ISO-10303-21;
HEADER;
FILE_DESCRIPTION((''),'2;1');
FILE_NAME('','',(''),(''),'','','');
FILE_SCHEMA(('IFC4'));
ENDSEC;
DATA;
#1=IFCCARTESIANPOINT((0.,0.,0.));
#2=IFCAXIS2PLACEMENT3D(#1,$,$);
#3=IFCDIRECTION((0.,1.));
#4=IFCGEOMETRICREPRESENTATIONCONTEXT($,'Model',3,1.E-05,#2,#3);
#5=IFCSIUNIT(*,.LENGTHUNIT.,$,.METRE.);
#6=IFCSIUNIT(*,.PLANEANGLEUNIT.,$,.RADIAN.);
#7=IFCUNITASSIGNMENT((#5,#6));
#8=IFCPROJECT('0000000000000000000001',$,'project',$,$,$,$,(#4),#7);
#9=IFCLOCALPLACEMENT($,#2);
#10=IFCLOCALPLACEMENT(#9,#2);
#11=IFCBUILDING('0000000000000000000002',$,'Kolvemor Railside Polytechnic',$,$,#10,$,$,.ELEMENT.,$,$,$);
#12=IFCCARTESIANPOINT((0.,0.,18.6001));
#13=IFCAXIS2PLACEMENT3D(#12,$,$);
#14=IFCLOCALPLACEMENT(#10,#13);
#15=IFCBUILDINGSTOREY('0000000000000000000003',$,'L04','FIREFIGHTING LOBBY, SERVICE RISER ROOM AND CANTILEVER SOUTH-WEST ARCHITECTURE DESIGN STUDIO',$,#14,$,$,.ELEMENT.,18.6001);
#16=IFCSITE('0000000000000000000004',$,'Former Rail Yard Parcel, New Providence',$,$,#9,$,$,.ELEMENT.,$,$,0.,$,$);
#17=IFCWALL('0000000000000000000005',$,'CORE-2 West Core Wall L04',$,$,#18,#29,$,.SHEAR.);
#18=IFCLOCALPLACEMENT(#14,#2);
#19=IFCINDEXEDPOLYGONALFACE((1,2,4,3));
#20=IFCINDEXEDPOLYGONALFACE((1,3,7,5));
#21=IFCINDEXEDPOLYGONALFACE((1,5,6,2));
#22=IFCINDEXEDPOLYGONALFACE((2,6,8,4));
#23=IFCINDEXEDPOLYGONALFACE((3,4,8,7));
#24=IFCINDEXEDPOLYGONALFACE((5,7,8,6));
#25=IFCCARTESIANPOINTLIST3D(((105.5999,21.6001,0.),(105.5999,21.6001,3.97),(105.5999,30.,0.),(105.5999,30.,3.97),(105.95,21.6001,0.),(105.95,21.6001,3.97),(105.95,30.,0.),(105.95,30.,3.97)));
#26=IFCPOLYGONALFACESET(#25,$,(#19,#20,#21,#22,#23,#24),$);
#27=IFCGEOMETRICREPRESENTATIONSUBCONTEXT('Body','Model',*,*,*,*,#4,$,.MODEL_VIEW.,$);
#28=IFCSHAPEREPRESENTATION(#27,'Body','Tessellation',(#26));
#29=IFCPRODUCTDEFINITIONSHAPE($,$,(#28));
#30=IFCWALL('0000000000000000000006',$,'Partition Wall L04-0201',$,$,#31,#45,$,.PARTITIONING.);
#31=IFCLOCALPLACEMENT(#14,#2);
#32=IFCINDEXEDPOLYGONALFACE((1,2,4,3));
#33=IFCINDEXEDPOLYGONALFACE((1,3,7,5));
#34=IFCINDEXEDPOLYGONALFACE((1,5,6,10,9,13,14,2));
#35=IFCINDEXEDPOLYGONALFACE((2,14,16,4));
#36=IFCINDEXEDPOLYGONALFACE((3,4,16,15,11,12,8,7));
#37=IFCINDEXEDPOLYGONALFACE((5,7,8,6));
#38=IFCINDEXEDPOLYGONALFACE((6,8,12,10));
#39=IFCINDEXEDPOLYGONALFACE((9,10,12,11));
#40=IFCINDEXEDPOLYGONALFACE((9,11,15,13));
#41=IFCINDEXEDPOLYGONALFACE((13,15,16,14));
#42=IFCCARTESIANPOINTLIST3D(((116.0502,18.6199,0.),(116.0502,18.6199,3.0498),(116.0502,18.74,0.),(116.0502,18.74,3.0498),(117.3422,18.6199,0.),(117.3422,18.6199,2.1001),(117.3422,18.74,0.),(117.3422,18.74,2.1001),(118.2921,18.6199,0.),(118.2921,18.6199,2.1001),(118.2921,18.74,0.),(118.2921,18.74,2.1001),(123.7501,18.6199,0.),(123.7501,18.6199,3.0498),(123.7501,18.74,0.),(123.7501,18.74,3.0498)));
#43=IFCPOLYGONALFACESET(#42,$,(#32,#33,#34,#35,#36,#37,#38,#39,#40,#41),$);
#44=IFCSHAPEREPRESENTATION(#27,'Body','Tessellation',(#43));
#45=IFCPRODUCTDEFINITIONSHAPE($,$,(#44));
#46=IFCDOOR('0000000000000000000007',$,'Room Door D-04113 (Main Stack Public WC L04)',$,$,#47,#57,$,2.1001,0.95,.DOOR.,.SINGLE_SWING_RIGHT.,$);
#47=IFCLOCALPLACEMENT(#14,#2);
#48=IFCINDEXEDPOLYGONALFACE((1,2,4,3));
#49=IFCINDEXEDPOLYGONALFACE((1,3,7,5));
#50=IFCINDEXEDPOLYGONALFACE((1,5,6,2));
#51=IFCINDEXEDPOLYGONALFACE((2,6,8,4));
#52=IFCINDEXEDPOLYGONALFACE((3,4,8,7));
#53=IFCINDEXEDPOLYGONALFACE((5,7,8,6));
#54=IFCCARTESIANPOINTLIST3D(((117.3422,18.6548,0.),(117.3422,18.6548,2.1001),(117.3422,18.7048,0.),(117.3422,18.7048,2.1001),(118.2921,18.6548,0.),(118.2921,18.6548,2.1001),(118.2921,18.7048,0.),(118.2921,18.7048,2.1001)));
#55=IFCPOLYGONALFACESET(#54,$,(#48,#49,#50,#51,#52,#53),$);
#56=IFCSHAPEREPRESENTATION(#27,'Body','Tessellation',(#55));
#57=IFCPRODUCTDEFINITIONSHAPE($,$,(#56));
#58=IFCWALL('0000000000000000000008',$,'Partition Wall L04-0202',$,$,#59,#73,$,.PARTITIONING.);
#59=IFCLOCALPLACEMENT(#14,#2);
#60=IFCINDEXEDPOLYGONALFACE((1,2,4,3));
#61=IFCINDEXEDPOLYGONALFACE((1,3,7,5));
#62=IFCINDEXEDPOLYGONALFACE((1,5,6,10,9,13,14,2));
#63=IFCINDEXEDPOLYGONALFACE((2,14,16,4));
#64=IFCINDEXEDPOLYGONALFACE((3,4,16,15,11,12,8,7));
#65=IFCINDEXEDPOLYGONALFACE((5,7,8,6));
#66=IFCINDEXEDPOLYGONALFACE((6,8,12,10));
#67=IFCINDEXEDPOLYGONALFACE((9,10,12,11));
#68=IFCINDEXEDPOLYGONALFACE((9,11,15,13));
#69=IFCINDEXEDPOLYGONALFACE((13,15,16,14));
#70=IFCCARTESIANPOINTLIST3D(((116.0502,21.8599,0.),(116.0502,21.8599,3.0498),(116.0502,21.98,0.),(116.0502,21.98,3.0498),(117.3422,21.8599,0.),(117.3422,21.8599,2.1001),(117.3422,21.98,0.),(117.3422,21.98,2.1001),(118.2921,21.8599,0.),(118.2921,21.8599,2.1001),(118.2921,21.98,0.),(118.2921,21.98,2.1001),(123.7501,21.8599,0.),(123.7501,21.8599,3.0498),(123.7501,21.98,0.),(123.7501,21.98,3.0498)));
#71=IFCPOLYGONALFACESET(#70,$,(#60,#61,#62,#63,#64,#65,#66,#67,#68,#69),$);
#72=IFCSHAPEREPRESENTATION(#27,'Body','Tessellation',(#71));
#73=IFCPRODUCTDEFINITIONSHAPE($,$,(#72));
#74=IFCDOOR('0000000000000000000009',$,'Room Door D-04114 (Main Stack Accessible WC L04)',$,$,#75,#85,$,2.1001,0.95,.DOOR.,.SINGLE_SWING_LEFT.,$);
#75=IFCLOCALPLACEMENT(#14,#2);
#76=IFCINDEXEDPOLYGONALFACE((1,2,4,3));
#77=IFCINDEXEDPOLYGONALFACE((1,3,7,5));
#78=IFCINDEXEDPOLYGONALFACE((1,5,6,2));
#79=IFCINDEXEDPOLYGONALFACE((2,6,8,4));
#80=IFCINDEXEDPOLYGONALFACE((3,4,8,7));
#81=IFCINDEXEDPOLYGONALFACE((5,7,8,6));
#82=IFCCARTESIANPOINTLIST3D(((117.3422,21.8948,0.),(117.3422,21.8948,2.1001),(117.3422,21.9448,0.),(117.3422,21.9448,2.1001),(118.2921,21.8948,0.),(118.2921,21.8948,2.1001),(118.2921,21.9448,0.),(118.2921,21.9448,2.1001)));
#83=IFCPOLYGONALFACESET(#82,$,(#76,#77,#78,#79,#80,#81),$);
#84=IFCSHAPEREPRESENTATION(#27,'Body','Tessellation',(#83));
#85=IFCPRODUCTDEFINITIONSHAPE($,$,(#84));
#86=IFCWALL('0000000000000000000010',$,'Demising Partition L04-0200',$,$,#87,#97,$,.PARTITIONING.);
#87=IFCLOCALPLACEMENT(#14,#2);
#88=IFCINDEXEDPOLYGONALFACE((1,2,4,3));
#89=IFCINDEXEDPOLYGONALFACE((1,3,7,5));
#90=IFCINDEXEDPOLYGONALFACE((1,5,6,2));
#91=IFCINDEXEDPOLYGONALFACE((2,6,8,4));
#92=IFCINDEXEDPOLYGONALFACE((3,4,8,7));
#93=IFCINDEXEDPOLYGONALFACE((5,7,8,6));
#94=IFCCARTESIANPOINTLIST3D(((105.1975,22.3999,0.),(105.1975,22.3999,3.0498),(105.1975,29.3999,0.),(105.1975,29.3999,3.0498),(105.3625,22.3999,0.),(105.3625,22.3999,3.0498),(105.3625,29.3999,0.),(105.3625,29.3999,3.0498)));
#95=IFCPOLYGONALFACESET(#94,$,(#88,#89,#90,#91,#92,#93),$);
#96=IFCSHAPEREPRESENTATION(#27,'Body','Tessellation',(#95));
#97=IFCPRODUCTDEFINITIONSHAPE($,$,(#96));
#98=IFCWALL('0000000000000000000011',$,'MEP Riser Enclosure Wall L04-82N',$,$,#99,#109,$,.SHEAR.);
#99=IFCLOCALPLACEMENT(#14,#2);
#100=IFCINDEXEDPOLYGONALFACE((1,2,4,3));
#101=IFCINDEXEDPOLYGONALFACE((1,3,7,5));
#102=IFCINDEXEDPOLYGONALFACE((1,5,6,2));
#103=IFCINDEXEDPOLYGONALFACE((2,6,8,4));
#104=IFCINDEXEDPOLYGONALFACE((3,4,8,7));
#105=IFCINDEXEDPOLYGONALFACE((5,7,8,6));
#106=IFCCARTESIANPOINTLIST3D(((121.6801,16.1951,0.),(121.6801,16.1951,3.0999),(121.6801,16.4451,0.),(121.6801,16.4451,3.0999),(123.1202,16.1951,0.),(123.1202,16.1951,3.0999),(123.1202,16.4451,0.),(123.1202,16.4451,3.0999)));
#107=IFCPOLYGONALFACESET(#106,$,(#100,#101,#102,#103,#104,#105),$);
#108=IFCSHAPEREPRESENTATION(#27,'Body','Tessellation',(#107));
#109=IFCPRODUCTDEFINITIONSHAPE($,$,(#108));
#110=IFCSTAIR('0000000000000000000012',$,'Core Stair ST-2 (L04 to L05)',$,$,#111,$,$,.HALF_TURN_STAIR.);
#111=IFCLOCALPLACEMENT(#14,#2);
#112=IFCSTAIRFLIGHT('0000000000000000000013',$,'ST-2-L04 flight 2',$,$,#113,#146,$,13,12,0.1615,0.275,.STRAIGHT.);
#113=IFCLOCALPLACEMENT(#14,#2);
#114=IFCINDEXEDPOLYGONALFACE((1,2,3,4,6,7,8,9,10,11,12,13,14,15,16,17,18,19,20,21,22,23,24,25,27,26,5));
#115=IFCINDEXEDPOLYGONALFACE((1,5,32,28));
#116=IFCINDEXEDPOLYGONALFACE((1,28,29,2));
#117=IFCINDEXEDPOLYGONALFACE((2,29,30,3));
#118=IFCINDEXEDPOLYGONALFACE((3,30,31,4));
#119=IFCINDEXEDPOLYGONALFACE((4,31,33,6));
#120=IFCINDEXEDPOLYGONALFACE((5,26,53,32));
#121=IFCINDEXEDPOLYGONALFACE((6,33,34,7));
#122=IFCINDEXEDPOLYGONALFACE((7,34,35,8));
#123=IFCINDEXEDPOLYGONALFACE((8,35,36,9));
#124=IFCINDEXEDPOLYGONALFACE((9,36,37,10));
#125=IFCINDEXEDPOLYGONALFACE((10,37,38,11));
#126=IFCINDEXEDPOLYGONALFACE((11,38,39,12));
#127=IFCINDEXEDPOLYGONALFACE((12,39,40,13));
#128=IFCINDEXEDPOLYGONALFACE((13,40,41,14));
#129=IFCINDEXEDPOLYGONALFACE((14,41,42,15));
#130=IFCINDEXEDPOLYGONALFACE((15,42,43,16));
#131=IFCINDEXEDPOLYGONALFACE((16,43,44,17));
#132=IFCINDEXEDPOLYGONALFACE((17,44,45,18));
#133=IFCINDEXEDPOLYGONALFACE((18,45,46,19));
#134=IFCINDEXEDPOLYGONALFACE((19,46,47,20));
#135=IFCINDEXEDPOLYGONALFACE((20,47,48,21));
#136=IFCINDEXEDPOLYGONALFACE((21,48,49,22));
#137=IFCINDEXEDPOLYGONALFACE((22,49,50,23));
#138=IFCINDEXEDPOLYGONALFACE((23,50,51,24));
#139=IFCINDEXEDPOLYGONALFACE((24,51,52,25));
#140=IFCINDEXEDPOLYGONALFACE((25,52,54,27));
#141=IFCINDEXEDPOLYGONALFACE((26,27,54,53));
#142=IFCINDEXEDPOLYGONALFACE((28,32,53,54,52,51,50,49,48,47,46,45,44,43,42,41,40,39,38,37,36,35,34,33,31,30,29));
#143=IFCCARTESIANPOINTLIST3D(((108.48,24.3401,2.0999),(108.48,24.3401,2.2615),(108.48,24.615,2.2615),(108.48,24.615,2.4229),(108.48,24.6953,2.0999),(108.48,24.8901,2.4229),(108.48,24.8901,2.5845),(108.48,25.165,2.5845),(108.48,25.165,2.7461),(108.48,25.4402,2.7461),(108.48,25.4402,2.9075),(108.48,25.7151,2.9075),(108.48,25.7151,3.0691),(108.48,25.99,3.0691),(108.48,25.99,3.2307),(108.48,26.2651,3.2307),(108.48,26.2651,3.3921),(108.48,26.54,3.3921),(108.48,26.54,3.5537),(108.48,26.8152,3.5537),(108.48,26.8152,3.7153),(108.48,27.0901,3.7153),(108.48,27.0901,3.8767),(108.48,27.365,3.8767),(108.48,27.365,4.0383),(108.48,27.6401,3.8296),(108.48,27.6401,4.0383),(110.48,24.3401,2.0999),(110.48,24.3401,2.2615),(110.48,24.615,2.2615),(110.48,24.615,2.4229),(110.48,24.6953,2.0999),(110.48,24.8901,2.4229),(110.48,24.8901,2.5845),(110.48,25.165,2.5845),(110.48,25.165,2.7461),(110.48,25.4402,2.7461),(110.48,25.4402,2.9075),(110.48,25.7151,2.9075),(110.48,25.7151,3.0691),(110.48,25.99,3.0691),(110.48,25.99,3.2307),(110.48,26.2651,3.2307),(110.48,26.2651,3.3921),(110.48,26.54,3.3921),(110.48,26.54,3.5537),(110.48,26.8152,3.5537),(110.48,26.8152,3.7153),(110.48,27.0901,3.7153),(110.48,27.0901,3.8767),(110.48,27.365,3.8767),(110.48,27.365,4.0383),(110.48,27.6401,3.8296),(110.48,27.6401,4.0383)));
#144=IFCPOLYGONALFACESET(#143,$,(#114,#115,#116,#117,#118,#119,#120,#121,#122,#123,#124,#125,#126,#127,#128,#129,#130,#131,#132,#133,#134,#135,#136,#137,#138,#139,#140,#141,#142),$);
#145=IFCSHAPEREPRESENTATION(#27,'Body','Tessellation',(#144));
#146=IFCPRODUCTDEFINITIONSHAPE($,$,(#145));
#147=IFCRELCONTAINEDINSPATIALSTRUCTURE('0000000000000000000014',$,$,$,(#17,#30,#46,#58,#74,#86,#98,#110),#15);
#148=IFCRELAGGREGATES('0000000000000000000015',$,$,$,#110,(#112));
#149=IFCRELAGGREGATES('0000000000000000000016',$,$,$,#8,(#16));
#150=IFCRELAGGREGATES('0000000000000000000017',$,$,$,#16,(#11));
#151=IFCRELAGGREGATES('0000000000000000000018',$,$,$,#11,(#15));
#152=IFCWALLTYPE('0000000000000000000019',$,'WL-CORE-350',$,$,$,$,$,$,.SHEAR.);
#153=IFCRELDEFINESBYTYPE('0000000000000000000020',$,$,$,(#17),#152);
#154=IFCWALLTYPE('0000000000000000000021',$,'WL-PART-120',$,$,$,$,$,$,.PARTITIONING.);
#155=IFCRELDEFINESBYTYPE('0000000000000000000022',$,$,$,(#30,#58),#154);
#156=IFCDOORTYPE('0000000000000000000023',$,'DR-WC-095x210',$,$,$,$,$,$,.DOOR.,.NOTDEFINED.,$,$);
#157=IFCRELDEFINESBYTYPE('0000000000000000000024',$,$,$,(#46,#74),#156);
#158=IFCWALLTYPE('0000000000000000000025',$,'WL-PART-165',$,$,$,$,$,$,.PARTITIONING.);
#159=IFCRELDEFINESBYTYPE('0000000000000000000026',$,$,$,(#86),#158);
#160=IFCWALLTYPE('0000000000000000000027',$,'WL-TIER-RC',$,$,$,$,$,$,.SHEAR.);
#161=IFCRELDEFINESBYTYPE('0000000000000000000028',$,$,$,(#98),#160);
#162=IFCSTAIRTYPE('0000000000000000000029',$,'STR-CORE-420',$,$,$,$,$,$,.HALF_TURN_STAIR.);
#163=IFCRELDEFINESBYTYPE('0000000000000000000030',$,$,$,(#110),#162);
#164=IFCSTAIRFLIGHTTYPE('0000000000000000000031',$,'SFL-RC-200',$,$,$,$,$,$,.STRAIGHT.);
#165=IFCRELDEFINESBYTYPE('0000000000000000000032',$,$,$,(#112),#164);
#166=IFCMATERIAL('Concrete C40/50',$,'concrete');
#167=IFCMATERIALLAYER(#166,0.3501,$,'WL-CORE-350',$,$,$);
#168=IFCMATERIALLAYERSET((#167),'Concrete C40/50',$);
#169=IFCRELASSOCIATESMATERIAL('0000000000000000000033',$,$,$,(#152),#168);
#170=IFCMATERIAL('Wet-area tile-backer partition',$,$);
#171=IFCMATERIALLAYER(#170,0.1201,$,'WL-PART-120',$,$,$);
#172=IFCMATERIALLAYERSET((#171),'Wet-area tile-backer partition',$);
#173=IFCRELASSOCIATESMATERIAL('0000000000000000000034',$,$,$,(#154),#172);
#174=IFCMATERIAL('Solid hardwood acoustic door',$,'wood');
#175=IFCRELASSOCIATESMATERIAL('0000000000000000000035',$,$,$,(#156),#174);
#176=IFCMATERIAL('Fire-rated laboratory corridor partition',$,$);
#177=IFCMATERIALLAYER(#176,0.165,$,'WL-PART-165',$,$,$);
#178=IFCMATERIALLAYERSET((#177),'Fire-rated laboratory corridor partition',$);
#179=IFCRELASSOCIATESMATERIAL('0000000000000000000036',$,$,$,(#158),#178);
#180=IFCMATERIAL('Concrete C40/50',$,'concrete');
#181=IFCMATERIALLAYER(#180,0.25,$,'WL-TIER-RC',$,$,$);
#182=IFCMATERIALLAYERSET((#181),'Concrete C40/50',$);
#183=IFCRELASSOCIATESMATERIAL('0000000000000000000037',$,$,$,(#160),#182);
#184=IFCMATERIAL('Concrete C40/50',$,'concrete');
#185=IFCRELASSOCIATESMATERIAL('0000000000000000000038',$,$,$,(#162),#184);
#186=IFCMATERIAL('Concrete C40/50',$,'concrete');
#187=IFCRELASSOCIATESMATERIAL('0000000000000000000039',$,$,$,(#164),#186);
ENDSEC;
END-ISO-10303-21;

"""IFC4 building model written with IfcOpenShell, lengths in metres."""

from ifc_helpers import new_model, si_unit, direction, frame, frame_2d, origin, place, context, subcontext, project, spatial, polyline, rectangle, outline, extrude, material, layer, layer_set, type_object, element, fill, aggregate, save


model = new_model("IFC4")

# Units and contexts
model_context = context("Model", 3, precision=1e-05, world=origin(), true_north=direction((0.0, 1.0)))
body_context = subcontext(model_context, "Body", "Model", "MODEL_VIEW")
ifc_project = project(units=[si_unit("LENGTHUNIT", "METRE"), si_unit("PLANEANGLEUNIT", "RADIAN")], contexts=[model_context])

# Site, building, storey
site_placement = place(None, origin())
site = spatial("IfcSite", under=ifc_project, at=site_placement, Name="Former Rail Yard Parcel, New Providence", CompositionType="ELEMENT", RefElevation=0.0)
building_placement = place(site_placement, origin())
building = spatial("IfcBuilding", under=site, at=building_placement, Name="Kolvemor Railside Polytechnic", CompositionType="ELEMENT")
storey_placement = place(building_placement, frame((0.0, 0.0, 18.6001)))
storey = spatial("IfcBuildingStorey", under=building, at=storey_placement, Name="L04", Description="FIREFIGHTING LOBBY, SERVICE RISER ROOM AND CANTILEVER SOUTH-WEST ARCHITECTURE DESIGN STUDIO", CompositionType="ELEMENT", Elevation=18.6001)

# Wall
ifc_material_1 = material(Name="Concrete C40/50", Category="concrete")
ifc_layer_1 = layer(ifc_material_1, 0.3501, Name="WL-CORE-350")
ifc_layer_set_1 = layer_set([ifc_layer_1], Name="Concrete C40/50")
wall_type_1 = type_object("IfcWallType", Name="WL-CORE-350", PredefinedType="SHEAR", material=ifc_layer_set_1)
wall_1_placement = place(storey_placement, frame((105.7749, 21.6001, 0.0), z_axis=(0.0, 0.0, 1.0), x_axis=(0.0, 1.0, 0.0)))
element("IfcWall", 1, at=wall_1_placement, inside=storey, type_object=wall_type_1, Name="CORE-2 West Core Wall L04", PredefinedType="SHEAR", context=body_context, shape_type="SweptSolid", body=[
    extrude(rectangle(XDim=8.3999, YDim=0.3501, at=frame_2d((4.2, 0.0))), origin(), (0.0, 0.0, 1.0), 3.97),
])

# Walls, openings, doors
ifc_material_2 = material(Name="Wet-area tile-backer partition")
ifc_layer_2 = layer(ifc_material_2, 0.1201, Name="WL-PART-120")
ifc_layer_set_2 = layer_set([ifc_layer_2], Name="Wet-area tile-backer partition")
wall_type_2 = type_object("IfcWallType", Name="WL-PART-120", PredefinedType="PARTITIONING", material=ifc_layer_set_2)
wall_2_placement = place(storey_placement, frame((116.05, 18.6799, 0.0), z_axis=(0.0, 0.0, 1.0), x_axis=(1.0, 0.0, 0.0)))
wall_2 = element("IfcWall", 2, at=wall_2_placement, inside=storey, type_object=wall_type_2, Name="Partition Wall L04-0201", PredefinedType="PARTITIONING", context=body_context, shape_type="SweptSolid", body=[
    extrude(rectangle(XDim=7.7, YDim=0.1201, at=frame_2d((3.8501, 0.0))), origin(), (0.0, 0.0, 1.0), 3.0498),
])
opening_1_placement = place(wall_2_placement, frame((1.292, 0.0, 0.0)))
opening_1 = element("IfcOpeningElement", 3, at=opening_1_placement, cuts=wall_2, PredefinedType="OPENING", context=body_context, shape_type="SweptSolid", body=[
    extrude(rectangle(XDim=0.95, YDim=2.1001, at=frame_2d((0.4751, 1.05))), frame((0.0, 0.0701, 0.0), z_axis=(0.0, -1.0, 0.0), x_axis=(1.0, 0.0, 0.0)), (0.0, 0.0, 1.0), 0.1401),
])
ifc_material_3 = material(Name="Solid hardwood acoustic door", Category="wood")
door_type_1 = type_object("IfcDoorType", Name="DR-WC-095x210", OperationType="NOTDEFINED", PredefinedType="DOOR", material=ifc_material_3)
door_1_placement = place(opening_1_placement, origin())
door_1 = element("IfcDoor", 4, at=door_1_placement, inside=storey, type_object=door_type_1, Name="Room Door D-04113 (Main Stack Public WC L04)", OperationType="SINGLE_SWING_RIGHT", OverallHeight=2.1001, OverallWidth=0.95, PredefinedType="DOOR", context=body_context, shape_type="SweptSolid", body=[
    extrude(rectangle(XDim=0.95, YDim=2.1001, at=frame_2d((0.4751, 1.05))), frame((0.0, 0.0249, 0.0), z_axis=(0.0, -1.0, 0.0), x_axis=(1.0, 0.0, 0.0)), (0.0, 0.0, 1.0), 0.05),
])
fill(opening_1, door_1)
wall_3_placement = place(storey_placement, frame((116.05, 21.9199, 0.0), z_axis=(0.0, 0.0, 1.0), x_axis=(1.0, 0.0, 0.0)))
wall_3 = element("IfcWall", 5, at=wall_3_placement, inside=storey, type_object=wall_type_2, Name="Partition Wall L04-0202", PredefinedType="PARTITIONING", context=body_context, shape_type="SweptSolid", body=[
    extrude(rectangle(XDim=7.7, YDim=0.1201, at=frame_2d((3.8501, 0.0))), origin(), (0.0, 0.0, 1.0), 3.0498),
])
opening_2_placement = place(wall_3_placement, frame((1.292, 0.0, 0.0)))
opening_2 = element("IfcOpeningElement", 6, at=opening_2_placement, cuts=wall_3, PredefinedType="OPENING", context=body_context, shape_type="SweptSolid", body=[
    extrude(rectangle(XDim=0.95, YDim=2.1001, at=frame_2d((0.4751, 1.05))), frame((0.0, 0.0701, 0.0), z_axis=(0.0, -1.0, 0.0), x_axis=(1.0, 0.0, 0.0)), (0.0, 0.0, 1.0), 0.1401),
])
door_2_placement = place(opening_2_placement, origin())
door_2 = element("IfcDoor", 7, at=door_2_placement, inside=storey, type_object=door_type_1, Name="Room Door D-04114 (Main Stack Accessible WC L04)", OperationType="SINGLE_SWING_LEFT", OverallHeight=2.1001, OverallWidth=0.95, PredefinedType="DOOR", context=body_context, shape_type="SweptSolid", body=[
    extrude(rectangle(XDim=0.95, YDim=2.1001, at=frame_2d((0.4751, 1.05))), frame((0.0, 0.0249, 0.0), z_axis=(0.0, -1.0, 0.0), x_axis=(1.0, 0.0, 0.0)), (0.0, 0.0, 1.0), 0.05),
])
fill(opening_2, door_2)

# Wall
ifc_material_4 = material(Name="Fire-rated laboratory corridor partition")
ifc_layer_3 = layer(ifc_material_4, 0.165, Name="WL-PART-165")
ifc_layer_set_3 = layer_set([ifc_layer_3], Name="Fire-rated laboratory corridor partition")
wall_type_3 = type_object("IfcWallType", Name="WL-PART-165", PredefinedType="PARTITIONING", material=ifc_layer_set_3)
wall_4_placement = place(storey_placement, frame((105.28, 22.3999, 0.0), z_axis=(0.0, 0.0, 1.0), x_axis=(0.0, 1.0, 0.0)))
element("IfcWall", 8, at=wall_4_placement, inside=storey, type_object=wall_type_3, Name="Demising Partition L04-0200", PredefinedType="PARTITIONING", context=body_context, shape_type="SweptSolid", body=[
    extrude(rectangle(XDim=7.0, YDim=0.165, at=frame_2d((3.5, 0.0))), origin(), (0.0, 0.0, 1.0), 3.0498),
])

# Wall
ifc_material_5 = material(Name="Concrete C40/50", Category="concrete")
ifc_layer_4 = layer(ifc_material_5, 0.25, Name="WL-TIER-RC")
ifc_layer_set_4 = layer_set([ifc_layer_4], Name="Concrete C40/50")
wall_type_4 = type_object("IfcWallType", Name="WL-TIER-RC", PredefinedType="SHEAR", material=ifc_layer_set_4)
wall_5_placement = place(storey_placement, frame((121.6799, 16.3201, 0.0), z_axis=(0.0, 0.0, 1.0), x_axis=(1.0, 0.0, 0.0)))
element("IfcWall", 9, at=wall_5_placement, inside=storey, type_object=wall_type_4, Name="MEP Riser Enclosure Wall L04-82N", PredefinedType="SHEAR", context=body_context, shape_type="SweptSolid", body=[
    extrude(rectangle(XDim=1.4402, YDim=0.25, at=frame_2d((0.7202, 0.0))), origin(), (0.0, 0.0, 1.0), 3.0999),
])

# Stair, stair flight
ifc_material_6 = material(Name="Concrete C40/50", Category="concrete")
stair_type = type_object("IfcStairType", Name="STR-CORE-420", PredefinedType="HALF_TURN_STAIR", material=ifc_material_6)
stair_placement = place(storey_placement, origin())
stair = element("IfcStair", 10, at=stair_placement, inside=storey, type_object=stair_type, Name="Core Stair ST-2 (L04 to L05)", PredefinedType="HALF_TURN_STAIR")
ifc_material_7 = material(Name="Concrete C40/50", Category="concrete")
stair_flight_type = type_object("IfcStairFlightType", Name="SFL-RC-200", PredefinedType="STRAIGHT", material=ifc_material_7)
stair_flight_placement = place(storey_placement, frame((109.48, 24.3401, 2.0999), z_axis=(0.0, 0.0, 1.0), x_axis=(0.0, 1.0, 0.0)))
stair_flight = element("IfcStairFlight", 11, at=stair_flight_placement, type_object=stair_flight_type, Name="ST-2-L04 flight 2", NumberOfRisers=13, NumberOfTreads=12, PredefinedType="STRAIGHT", RiserHeight=0.1615, TreadLength=0.275, context=body_context, shape_type="SweptSolid", body=[
    extrude(outline(polyline([(0.0, 0.0), (0.0, 0.1616), (0.2749, 0.1616), (0.2749, 0.323), (0.55, 0.323), (0.55, 0.4846), (0.825, 0.4846), (0.825, 0.6462), (1.1001, 0.6462), (1.1001, 0.8076), (1.375, 0.8076), (1.375, 0.9692), (1.6499, 0.9692), (1.6499, 1.1309), (1.925, 1.1309), (1.925, 1.2922), (2.2, 1.2922), (2.2, 1.4539), (2.4751, 1.4539), (2.4751, 1.6155), (2.75, 1.6155), (2.75, 1.7769), (3.0249, 1.7769), (3.0249, 1.9385), (3.3, 1.9385), (3.3, 2.1001), (3.3, 1.7297), (0.3552, 0.0), (0.0, 0.0)])), frame((0.0, 1.0, 0.0), z_axis=(0.0, -1.0, 0.0), x_axis=(1.0, 0.0, 0.0)), (0.0, 0.0, 1.0), 2.0),
])
aggregate(stair, [stair_flight])

save(model, "model.ifc")
